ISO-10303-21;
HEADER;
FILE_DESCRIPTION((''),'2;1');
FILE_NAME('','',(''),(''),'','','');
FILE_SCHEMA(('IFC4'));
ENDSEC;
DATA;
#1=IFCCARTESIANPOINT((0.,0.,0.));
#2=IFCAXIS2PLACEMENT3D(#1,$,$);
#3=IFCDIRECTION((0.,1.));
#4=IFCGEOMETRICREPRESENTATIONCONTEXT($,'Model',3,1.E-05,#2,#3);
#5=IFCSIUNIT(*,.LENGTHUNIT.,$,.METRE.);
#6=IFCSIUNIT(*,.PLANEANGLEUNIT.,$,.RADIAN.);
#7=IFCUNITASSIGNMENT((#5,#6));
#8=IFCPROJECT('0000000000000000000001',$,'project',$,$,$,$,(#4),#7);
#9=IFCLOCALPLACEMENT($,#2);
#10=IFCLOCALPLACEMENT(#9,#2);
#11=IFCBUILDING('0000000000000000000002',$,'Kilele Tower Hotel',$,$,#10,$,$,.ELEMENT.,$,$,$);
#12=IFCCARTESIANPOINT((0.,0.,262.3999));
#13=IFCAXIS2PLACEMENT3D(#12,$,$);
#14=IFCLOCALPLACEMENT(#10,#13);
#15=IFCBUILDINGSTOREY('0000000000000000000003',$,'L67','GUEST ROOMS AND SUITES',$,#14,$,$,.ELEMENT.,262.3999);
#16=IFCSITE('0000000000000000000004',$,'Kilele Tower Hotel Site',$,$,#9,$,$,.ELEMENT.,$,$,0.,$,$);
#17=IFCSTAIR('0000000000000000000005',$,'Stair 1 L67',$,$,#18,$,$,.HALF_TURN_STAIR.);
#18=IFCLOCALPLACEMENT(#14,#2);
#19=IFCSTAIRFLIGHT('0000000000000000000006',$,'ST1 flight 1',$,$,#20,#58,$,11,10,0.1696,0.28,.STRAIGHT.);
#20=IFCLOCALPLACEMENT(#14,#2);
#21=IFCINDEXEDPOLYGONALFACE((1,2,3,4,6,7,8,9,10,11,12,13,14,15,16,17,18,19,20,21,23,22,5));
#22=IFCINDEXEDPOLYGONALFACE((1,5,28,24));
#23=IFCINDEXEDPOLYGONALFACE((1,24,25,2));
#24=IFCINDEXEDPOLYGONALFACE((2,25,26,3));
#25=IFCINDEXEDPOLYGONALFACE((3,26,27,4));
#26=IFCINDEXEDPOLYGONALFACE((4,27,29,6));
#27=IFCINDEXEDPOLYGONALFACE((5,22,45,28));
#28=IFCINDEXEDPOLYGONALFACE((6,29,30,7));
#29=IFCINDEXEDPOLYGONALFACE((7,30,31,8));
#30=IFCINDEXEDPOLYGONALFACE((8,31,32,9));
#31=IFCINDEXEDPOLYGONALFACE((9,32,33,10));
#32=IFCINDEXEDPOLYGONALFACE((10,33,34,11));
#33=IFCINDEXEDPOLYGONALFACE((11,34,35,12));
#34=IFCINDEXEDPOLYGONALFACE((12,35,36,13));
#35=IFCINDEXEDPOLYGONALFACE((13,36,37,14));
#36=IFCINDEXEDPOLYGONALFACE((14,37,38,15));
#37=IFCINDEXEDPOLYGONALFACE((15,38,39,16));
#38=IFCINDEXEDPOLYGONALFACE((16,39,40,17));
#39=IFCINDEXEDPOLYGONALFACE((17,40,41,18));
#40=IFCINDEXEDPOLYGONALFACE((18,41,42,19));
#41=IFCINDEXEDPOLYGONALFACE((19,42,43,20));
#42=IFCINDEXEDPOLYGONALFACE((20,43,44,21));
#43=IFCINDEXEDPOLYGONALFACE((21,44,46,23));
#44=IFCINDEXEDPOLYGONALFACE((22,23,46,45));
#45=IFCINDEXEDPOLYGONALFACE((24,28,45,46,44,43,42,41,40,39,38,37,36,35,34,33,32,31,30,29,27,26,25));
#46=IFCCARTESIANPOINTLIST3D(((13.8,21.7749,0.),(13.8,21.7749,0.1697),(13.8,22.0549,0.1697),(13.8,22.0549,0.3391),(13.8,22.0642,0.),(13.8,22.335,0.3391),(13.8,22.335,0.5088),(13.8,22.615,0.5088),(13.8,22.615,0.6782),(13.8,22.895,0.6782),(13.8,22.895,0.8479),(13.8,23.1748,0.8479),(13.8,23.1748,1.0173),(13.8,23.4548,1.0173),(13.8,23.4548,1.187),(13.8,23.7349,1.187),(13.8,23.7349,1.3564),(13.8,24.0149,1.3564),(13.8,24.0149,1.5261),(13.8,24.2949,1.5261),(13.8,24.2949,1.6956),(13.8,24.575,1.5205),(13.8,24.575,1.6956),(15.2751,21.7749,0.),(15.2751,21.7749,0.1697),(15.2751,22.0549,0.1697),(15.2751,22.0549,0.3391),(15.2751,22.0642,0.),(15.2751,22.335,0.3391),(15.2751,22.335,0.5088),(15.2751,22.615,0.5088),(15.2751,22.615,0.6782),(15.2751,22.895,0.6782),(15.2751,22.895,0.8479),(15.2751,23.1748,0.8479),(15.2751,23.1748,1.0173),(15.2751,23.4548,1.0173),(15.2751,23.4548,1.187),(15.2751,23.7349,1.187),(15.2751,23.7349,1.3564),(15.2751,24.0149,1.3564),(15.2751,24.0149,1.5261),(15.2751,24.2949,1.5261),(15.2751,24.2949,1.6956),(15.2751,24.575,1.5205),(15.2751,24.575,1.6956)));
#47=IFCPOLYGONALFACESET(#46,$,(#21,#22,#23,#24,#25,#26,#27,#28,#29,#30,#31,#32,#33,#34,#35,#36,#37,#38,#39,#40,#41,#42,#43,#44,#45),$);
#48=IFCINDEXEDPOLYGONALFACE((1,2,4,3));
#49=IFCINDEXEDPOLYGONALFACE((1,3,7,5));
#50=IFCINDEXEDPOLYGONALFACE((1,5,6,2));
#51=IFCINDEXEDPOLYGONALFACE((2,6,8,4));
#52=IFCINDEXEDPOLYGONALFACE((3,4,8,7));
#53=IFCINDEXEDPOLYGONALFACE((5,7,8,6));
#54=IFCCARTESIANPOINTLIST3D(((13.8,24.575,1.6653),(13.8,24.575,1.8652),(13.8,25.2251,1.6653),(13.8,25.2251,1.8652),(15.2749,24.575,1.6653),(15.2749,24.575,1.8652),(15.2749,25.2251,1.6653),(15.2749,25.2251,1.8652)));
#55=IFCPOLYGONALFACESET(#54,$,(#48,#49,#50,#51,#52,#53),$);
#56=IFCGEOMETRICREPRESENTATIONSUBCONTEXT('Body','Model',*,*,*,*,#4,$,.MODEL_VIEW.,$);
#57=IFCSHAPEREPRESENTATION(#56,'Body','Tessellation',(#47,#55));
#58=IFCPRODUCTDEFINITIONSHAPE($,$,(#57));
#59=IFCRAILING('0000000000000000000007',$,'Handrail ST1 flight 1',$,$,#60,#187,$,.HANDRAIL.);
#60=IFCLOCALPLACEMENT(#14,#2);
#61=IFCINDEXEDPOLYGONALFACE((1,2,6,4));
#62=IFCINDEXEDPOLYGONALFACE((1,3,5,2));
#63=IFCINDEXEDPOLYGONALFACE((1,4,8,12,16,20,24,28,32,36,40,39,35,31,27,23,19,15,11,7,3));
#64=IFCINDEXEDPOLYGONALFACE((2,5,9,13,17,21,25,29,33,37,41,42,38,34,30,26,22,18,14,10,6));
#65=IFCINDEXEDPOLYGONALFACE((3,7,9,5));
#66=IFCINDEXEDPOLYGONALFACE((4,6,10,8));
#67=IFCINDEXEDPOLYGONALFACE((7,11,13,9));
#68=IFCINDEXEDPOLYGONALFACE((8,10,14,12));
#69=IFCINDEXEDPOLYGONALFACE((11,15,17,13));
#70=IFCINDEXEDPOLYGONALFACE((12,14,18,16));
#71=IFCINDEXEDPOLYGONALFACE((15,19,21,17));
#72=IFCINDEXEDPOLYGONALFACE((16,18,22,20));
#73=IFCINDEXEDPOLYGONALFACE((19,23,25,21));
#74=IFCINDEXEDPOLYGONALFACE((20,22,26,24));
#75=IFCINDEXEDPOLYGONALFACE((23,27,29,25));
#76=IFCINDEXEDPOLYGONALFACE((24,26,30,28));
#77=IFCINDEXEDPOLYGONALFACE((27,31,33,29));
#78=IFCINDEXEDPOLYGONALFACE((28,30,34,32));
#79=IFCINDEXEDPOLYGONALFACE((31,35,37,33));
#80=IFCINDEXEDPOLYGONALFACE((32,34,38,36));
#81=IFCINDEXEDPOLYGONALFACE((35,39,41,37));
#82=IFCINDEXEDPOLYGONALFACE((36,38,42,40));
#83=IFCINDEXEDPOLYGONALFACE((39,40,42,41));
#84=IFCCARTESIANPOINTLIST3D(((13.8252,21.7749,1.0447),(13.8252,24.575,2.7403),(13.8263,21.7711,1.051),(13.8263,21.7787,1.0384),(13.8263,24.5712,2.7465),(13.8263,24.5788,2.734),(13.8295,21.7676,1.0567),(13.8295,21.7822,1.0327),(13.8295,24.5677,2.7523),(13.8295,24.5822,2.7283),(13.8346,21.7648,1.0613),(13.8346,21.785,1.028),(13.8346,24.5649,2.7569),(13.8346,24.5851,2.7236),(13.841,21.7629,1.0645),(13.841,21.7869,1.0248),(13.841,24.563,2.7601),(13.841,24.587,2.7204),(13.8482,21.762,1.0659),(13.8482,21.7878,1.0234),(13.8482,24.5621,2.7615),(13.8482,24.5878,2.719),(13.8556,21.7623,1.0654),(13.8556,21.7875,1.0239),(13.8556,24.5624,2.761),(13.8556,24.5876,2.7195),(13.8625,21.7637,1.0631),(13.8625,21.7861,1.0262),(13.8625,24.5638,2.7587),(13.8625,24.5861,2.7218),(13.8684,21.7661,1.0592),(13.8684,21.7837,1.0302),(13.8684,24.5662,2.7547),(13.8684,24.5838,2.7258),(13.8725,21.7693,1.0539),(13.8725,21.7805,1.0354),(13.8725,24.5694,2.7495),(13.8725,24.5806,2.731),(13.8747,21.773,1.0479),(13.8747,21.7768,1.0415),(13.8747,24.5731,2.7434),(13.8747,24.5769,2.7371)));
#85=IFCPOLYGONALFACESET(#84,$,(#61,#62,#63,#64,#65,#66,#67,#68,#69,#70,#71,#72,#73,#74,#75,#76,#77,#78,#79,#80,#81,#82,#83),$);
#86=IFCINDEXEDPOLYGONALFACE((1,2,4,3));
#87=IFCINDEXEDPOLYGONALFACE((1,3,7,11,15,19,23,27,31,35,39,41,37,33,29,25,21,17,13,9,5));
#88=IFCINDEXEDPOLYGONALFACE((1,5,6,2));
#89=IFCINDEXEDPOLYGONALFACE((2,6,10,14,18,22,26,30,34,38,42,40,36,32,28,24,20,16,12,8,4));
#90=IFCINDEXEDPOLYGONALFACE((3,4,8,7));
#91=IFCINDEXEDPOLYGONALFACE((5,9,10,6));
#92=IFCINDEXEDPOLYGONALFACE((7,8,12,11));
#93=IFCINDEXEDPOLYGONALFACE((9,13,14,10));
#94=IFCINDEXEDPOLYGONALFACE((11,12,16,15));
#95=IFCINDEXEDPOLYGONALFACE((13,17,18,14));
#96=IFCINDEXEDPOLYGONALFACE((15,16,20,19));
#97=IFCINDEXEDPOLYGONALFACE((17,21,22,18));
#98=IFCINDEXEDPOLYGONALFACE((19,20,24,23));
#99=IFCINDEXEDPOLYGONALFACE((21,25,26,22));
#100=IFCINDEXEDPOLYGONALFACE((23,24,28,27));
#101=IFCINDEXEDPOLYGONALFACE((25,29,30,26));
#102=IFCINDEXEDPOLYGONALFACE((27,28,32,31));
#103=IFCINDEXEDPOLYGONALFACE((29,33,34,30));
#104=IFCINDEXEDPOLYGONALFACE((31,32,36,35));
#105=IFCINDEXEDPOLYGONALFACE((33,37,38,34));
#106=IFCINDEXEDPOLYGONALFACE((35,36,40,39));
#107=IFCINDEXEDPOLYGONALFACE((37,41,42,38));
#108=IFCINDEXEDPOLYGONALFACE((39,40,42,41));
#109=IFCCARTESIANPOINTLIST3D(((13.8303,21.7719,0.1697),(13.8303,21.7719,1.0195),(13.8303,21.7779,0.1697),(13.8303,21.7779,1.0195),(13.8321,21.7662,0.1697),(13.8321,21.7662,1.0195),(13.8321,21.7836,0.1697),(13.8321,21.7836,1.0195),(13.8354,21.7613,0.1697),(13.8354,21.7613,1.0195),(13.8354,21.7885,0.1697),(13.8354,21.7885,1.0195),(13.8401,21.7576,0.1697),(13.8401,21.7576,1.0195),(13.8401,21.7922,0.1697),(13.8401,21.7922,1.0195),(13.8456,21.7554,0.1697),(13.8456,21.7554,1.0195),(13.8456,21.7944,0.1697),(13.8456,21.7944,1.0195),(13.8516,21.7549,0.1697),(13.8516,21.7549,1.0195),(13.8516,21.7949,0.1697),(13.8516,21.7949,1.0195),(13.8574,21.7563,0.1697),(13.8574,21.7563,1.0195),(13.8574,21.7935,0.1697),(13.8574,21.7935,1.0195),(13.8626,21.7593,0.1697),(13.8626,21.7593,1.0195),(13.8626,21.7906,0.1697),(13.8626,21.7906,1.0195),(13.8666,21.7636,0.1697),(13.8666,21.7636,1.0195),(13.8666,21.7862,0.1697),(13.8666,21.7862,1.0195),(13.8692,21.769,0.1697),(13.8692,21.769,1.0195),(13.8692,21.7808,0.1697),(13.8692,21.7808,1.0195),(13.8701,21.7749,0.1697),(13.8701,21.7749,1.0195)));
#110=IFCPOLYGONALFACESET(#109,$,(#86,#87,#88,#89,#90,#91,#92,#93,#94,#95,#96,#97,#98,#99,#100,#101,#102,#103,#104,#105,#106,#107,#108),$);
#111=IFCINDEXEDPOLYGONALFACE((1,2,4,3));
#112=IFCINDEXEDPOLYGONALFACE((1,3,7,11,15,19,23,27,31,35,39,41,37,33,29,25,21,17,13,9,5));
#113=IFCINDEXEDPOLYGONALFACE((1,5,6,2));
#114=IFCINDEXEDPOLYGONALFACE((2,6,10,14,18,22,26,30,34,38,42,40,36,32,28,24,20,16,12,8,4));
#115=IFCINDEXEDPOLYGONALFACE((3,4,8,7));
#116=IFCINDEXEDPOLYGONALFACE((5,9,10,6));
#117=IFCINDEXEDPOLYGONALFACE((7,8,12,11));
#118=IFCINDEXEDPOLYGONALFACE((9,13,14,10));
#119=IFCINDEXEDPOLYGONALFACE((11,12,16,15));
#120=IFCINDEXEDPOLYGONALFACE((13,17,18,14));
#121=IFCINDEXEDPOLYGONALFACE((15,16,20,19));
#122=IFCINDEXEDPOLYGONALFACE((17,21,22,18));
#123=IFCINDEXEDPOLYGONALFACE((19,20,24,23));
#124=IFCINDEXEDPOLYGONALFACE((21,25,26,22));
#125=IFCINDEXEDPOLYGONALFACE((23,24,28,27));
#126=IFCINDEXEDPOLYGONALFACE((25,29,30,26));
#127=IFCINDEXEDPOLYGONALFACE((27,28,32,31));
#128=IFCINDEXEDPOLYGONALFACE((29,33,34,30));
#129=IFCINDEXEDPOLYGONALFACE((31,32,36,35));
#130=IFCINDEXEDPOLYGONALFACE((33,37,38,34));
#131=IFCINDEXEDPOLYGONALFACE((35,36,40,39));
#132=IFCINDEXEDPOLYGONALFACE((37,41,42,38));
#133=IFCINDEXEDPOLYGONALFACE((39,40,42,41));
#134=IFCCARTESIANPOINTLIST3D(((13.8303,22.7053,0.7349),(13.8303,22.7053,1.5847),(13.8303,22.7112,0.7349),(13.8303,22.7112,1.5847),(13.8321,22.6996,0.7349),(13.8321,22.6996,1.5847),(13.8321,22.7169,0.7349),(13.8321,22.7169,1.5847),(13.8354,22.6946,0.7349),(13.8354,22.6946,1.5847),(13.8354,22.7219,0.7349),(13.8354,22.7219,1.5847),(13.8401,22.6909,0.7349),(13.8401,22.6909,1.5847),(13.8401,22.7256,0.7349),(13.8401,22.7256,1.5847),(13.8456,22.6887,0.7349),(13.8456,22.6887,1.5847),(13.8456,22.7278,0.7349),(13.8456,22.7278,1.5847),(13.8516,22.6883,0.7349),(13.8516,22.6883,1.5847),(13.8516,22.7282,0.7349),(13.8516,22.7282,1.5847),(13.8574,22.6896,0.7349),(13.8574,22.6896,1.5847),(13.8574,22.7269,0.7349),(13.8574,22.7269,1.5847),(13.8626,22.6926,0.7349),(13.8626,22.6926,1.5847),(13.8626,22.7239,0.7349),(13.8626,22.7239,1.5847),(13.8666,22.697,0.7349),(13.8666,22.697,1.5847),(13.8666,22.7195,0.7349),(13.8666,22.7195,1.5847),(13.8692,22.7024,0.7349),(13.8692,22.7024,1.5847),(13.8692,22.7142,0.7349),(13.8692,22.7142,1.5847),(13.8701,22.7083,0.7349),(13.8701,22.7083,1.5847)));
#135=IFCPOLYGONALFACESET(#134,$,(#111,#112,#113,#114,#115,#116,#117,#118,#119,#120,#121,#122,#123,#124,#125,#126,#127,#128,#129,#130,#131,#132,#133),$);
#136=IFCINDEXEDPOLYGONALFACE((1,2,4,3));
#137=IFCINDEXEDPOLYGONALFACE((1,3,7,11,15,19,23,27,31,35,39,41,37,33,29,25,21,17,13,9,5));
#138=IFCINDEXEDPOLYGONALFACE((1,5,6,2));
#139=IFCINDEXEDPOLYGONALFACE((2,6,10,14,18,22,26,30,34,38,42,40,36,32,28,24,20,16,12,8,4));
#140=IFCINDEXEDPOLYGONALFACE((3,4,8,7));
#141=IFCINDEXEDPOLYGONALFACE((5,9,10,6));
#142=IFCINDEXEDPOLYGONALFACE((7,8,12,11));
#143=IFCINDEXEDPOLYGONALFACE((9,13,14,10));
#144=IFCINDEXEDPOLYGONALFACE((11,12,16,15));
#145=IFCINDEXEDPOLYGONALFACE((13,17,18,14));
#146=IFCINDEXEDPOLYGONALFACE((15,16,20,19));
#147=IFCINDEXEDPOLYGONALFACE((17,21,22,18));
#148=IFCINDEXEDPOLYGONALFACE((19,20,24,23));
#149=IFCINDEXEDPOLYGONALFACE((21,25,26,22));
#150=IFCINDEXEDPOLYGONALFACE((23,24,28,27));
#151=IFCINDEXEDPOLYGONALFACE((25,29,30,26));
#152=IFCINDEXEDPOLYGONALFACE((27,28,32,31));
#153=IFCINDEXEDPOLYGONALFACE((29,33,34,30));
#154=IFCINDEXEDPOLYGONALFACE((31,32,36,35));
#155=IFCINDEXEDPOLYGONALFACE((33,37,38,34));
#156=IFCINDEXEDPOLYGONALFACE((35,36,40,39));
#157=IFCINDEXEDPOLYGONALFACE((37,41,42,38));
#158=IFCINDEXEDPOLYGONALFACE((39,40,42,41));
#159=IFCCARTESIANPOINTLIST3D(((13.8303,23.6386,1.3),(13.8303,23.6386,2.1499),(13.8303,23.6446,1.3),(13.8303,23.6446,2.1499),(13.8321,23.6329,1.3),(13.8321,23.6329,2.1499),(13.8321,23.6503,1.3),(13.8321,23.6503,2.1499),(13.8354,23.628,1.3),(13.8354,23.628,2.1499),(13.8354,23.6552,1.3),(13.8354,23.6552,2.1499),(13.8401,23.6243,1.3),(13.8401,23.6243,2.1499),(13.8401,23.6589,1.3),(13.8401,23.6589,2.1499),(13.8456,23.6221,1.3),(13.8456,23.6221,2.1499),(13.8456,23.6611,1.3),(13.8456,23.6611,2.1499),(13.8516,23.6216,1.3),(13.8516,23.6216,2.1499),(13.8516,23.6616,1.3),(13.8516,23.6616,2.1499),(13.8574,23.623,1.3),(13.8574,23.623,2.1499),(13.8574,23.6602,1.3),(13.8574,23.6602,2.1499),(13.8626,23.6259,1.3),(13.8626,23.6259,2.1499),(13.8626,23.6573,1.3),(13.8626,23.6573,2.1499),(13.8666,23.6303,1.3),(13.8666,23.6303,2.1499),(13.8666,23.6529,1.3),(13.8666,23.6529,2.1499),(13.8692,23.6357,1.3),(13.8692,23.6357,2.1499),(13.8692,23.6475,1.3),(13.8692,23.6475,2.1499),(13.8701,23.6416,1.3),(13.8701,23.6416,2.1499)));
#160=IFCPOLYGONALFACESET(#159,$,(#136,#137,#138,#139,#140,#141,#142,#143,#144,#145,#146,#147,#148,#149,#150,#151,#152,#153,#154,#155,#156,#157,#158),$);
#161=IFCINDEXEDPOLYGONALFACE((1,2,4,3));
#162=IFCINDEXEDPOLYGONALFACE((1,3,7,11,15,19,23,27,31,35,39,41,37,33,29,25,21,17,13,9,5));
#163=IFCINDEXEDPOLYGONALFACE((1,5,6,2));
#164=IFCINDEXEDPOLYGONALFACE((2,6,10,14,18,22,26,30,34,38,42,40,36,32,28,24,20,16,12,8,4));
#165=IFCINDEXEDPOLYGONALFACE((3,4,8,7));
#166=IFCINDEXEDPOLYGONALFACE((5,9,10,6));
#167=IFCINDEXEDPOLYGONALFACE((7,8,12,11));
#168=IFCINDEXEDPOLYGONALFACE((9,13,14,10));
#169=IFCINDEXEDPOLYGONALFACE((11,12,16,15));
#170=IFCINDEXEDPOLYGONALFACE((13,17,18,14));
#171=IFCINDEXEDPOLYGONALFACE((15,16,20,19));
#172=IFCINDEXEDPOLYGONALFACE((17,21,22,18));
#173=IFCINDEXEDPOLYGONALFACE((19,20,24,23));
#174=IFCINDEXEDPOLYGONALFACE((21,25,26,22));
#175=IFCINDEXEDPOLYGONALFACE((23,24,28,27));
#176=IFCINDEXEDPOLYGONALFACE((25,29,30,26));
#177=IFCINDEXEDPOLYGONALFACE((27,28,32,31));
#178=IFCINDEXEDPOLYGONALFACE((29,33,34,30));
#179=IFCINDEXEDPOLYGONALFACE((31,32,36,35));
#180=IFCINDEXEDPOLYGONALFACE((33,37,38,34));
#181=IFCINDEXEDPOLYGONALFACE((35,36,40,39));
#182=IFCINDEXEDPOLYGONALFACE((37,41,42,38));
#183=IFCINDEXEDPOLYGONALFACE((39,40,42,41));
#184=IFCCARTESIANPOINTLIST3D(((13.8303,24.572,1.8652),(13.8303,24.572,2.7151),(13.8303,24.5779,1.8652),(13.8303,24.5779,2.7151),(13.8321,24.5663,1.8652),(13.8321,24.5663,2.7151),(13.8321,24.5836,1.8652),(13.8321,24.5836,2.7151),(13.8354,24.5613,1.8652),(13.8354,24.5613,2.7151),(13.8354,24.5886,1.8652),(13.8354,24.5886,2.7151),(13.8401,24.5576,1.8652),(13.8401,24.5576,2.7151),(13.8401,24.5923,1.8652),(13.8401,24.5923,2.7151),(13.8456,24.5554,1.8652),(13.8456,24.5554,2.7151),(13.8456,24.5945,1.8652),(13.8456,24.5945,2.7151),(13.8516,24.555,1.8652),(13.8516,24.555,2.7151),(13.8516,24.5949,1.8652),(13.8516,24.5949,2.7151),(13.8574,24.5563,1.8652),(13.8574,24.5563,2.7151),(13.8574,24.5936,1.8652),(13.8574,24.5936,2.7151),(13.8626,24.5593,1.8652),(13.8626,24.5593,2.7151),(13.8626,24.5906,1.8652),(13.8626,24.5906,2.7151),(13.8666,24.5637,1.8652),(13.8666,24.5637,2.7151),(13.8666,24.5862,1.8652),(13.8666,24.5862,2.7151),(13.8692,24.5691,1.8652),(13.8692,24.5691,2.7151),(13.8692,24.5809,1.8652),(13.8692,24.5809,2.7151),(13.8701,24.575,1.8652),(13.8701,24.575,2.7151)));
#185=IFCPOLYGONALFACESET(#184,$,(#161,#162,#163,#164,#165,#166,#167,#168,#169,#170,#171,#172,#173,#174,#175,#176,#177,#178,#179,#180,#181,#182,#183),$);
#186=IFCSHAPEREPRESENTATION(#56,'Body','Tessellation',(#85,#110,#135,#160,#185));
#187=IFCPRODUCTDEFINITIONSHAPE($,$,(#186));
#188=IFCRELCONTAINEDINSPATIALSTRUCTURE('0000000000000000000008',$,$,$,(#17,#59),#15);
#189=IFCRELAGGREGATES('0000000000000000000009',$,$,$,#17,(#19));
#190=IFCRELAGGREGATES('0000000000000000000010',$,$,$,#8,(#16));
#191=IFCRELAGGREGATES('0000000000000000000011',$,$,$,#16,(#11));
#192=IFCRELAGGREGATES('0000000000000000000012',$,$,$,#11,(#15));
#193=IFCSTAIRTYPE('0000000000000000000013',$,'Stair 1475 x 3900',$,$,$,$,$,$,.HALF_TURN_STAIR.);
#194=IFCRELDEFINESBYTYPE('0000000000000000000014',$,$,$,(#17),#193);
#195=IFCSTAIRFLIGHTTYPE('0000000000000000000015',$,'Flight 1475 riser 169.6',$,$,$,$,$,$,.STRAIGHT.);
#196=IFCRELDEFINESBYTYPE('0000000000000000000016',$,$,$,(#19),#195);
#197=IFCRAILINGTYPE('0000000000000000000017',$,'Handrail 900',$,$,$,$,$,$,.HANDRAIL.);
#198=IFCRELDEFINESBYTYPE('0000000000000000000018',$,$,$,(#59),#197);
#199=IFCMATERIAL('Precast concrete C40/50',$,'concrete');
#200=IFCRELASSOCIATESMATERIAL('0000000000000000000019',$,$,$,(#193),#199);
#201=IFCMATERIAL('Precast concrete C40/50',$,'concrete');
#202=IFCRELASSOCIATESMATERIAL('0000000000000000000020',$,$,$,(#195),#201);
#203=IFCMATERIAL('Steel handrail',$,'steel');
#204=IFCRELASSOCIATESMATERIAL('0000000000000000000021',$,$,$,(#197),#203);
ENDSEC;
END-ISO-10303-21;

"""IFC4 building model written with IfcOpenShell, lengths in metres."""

from ifc_helpers import new_model, si_unit, direction, frame, origin, origin_2d, place, context, subcontext, project, spatial, polyline, circle, outline, extrude, material, type_object, element, aggregate, save


model = new_model("IFC4")

# Units and contexts
model_context = context("Model", 3, precision=1e-05, world=origin(), true_north=direction((0.0, 1.0)))
body_context = subcontext(model_context, "Body", "Model", "MODEL_VIEW")
ifc_project = project(units=[si_unit("LENGTHUNIT", "METRE"), si_unit("PLANEANGLEUNIT", "RADIAN")], contexts=[model_context])

# Site, building, storey
site_placement = place(None, origin())
site = spatial("IfcSite", under=ifc_project, at=site_placement, Name="Kilele Tower Hotel Site", CompositionType="ELEMENT", RefElevation=0.0)
building_placement = place(site_placement, origin())
building = spatial("IfcBuilding", under=site, at=building_placement, Name="Kilele Tower Hotel", CompositionType="ELEMENT")
storey_placement = place(building_placement, frame((0.0, 0.0, 262.3999)))
storey = spatial("IfcBuildingStorey", under=building, at=storey_placement, Name="L67", Description="GUEST ROOMS AND SUITES", CompositionType="ELEMENT", Elevation=262.3999)

# Stair, stair flight
ifc_material_1 = material(Name="Precast concrete C40/50", Category="concrete")
stair_type = type_object("IfcStairType", Name="Stair 1475 x 3900", PredefinedType="HALF_TURN_STAIR", material=ifc_material_1)
stair_placement = place(storey_placement, origin())
stair = element("IfcStair", 1, at=stair_placement, inside=storey, type_object=stair_type, Name="Stair 1 L67", PredefinedType="HALF_TURN_STAIR")
ifc_material_2 = material(Name="Precast concrete C40/50", Category="concrete")
stair_flight_type = type_object("IfcStairFlightType", Name="Flight 1475 riser 169.6", PredefinedType="STRAIGHT", material=ifc_material_2)
stair_flight_placement = place(storey_placement, frame((14.5376, 21.7749, 0.0), z_axis=(0.0, 0.0, 1.0), x_axis=(0.0, 1.0, 0.0)))
stair_flight = element("IfcStairFlight", 2, at=stair_flight_placement, type_object=stair_flight_type, Name="ST1 flight 1", NumberOfRisers=11, NumberOfTreads=10, PredefinedType="STRAIGHT", RiserHeight=0.1696, TreadLength=0.28, context=body_context, shape_type="SweptSolid", body=[
    extrude(outline(polyline([(0.0, 0.0), (0.0, 0.1697), (0.28, 0.1697), (0.28, 0.3391), (0.5601, 0.3391), (0.5601, 0.5088), (0.8401, 0.5088), (0.8401, 0.6782), (1.1201, 0.6782), (1.1201, 0.8479), (1.3999, 0.8479), (1.3999, 1.0173), (1.6799, 1.0173), (1.6799, 1.187), (1.96, 1.187), (1.96, 1.3564), (2.24, 1.3564), (2.24, 1.5261), (2.52, 1.5261), (2.52, 1.6956), (2.8, 1.6956), (2.8, 1.8652), (2.8, 1.5205), (0.2893, 0.0), (0.0, 0.0)])), frame((0.0, 0.7375, 0.0), z_axis=(0.0, -1.0, 0.0), x_axis=(1.0, 0.0, 0.0)), (0.0, 0.0, 1.0), 1.4751),
    extrude(outline(polyline([(2.8, 0.7375), (2.8, -0.7373), (3.4502, -0.7373), (3.4502, 0.7375), (2.8, 0.7375)])), frame((0.0, 0.0, 1.6653)), (0.0, 0.0, 1.0), 0.2),
])
aggregate(stair, [stair_flight])

# Railing
ifc_material_3 = material(Name="Steel handrail", Category="steel")
railing_type_1 = type_object("IfcRailingType", Name="Handrail 900", PredefinedType="HANDRAIL", material=ifc_material_3)
railing_1_placement = place(storey_placement, frame((13.8501, 21.7749, 0.1697)))
element("IfcRailing", 3, at=railing_1_placement, inside=storey, type_object=railing_type_1, Name="Handrail ST1 flight 1", PredefinedType="HANDRAIL", context=body_context, shape_type="SweptSolid", body=[
    extrude(circle(Radius=0.0249, at=origin_2d()), frame((0.0, 0.0, 0.875), z_axis=(0.0, 0.855393, 0.517979), x_axis=(-1.0, 0.0, 0.0)), (0.0, 0.0, 1.0), 3.2734),
    extrude(circle(Radius=0.02, at=origin_2d()), origin(), (0.0, 0.0, 1.0), 0.8499),
    extrude(circle(Radius=0.02, at=origin_2d()), frame((0.0, 0.9333, 0.5652)), (0.0, 0.0, 1.0), 0.8499),
    extrude(circle(Radius=0.02, at=origin_2d()), frame((0.0, 1.8667, 1.1304)), (0.0, 0.0, 1.0), 0.8499),
    extrude(circle(Radius=0.02, at=origin_2d()), frame((0.0, 2.8, 1.6956)), (0.0, 0.0, 1.0), 0.8499),
])

save(model, "model.ifc")
